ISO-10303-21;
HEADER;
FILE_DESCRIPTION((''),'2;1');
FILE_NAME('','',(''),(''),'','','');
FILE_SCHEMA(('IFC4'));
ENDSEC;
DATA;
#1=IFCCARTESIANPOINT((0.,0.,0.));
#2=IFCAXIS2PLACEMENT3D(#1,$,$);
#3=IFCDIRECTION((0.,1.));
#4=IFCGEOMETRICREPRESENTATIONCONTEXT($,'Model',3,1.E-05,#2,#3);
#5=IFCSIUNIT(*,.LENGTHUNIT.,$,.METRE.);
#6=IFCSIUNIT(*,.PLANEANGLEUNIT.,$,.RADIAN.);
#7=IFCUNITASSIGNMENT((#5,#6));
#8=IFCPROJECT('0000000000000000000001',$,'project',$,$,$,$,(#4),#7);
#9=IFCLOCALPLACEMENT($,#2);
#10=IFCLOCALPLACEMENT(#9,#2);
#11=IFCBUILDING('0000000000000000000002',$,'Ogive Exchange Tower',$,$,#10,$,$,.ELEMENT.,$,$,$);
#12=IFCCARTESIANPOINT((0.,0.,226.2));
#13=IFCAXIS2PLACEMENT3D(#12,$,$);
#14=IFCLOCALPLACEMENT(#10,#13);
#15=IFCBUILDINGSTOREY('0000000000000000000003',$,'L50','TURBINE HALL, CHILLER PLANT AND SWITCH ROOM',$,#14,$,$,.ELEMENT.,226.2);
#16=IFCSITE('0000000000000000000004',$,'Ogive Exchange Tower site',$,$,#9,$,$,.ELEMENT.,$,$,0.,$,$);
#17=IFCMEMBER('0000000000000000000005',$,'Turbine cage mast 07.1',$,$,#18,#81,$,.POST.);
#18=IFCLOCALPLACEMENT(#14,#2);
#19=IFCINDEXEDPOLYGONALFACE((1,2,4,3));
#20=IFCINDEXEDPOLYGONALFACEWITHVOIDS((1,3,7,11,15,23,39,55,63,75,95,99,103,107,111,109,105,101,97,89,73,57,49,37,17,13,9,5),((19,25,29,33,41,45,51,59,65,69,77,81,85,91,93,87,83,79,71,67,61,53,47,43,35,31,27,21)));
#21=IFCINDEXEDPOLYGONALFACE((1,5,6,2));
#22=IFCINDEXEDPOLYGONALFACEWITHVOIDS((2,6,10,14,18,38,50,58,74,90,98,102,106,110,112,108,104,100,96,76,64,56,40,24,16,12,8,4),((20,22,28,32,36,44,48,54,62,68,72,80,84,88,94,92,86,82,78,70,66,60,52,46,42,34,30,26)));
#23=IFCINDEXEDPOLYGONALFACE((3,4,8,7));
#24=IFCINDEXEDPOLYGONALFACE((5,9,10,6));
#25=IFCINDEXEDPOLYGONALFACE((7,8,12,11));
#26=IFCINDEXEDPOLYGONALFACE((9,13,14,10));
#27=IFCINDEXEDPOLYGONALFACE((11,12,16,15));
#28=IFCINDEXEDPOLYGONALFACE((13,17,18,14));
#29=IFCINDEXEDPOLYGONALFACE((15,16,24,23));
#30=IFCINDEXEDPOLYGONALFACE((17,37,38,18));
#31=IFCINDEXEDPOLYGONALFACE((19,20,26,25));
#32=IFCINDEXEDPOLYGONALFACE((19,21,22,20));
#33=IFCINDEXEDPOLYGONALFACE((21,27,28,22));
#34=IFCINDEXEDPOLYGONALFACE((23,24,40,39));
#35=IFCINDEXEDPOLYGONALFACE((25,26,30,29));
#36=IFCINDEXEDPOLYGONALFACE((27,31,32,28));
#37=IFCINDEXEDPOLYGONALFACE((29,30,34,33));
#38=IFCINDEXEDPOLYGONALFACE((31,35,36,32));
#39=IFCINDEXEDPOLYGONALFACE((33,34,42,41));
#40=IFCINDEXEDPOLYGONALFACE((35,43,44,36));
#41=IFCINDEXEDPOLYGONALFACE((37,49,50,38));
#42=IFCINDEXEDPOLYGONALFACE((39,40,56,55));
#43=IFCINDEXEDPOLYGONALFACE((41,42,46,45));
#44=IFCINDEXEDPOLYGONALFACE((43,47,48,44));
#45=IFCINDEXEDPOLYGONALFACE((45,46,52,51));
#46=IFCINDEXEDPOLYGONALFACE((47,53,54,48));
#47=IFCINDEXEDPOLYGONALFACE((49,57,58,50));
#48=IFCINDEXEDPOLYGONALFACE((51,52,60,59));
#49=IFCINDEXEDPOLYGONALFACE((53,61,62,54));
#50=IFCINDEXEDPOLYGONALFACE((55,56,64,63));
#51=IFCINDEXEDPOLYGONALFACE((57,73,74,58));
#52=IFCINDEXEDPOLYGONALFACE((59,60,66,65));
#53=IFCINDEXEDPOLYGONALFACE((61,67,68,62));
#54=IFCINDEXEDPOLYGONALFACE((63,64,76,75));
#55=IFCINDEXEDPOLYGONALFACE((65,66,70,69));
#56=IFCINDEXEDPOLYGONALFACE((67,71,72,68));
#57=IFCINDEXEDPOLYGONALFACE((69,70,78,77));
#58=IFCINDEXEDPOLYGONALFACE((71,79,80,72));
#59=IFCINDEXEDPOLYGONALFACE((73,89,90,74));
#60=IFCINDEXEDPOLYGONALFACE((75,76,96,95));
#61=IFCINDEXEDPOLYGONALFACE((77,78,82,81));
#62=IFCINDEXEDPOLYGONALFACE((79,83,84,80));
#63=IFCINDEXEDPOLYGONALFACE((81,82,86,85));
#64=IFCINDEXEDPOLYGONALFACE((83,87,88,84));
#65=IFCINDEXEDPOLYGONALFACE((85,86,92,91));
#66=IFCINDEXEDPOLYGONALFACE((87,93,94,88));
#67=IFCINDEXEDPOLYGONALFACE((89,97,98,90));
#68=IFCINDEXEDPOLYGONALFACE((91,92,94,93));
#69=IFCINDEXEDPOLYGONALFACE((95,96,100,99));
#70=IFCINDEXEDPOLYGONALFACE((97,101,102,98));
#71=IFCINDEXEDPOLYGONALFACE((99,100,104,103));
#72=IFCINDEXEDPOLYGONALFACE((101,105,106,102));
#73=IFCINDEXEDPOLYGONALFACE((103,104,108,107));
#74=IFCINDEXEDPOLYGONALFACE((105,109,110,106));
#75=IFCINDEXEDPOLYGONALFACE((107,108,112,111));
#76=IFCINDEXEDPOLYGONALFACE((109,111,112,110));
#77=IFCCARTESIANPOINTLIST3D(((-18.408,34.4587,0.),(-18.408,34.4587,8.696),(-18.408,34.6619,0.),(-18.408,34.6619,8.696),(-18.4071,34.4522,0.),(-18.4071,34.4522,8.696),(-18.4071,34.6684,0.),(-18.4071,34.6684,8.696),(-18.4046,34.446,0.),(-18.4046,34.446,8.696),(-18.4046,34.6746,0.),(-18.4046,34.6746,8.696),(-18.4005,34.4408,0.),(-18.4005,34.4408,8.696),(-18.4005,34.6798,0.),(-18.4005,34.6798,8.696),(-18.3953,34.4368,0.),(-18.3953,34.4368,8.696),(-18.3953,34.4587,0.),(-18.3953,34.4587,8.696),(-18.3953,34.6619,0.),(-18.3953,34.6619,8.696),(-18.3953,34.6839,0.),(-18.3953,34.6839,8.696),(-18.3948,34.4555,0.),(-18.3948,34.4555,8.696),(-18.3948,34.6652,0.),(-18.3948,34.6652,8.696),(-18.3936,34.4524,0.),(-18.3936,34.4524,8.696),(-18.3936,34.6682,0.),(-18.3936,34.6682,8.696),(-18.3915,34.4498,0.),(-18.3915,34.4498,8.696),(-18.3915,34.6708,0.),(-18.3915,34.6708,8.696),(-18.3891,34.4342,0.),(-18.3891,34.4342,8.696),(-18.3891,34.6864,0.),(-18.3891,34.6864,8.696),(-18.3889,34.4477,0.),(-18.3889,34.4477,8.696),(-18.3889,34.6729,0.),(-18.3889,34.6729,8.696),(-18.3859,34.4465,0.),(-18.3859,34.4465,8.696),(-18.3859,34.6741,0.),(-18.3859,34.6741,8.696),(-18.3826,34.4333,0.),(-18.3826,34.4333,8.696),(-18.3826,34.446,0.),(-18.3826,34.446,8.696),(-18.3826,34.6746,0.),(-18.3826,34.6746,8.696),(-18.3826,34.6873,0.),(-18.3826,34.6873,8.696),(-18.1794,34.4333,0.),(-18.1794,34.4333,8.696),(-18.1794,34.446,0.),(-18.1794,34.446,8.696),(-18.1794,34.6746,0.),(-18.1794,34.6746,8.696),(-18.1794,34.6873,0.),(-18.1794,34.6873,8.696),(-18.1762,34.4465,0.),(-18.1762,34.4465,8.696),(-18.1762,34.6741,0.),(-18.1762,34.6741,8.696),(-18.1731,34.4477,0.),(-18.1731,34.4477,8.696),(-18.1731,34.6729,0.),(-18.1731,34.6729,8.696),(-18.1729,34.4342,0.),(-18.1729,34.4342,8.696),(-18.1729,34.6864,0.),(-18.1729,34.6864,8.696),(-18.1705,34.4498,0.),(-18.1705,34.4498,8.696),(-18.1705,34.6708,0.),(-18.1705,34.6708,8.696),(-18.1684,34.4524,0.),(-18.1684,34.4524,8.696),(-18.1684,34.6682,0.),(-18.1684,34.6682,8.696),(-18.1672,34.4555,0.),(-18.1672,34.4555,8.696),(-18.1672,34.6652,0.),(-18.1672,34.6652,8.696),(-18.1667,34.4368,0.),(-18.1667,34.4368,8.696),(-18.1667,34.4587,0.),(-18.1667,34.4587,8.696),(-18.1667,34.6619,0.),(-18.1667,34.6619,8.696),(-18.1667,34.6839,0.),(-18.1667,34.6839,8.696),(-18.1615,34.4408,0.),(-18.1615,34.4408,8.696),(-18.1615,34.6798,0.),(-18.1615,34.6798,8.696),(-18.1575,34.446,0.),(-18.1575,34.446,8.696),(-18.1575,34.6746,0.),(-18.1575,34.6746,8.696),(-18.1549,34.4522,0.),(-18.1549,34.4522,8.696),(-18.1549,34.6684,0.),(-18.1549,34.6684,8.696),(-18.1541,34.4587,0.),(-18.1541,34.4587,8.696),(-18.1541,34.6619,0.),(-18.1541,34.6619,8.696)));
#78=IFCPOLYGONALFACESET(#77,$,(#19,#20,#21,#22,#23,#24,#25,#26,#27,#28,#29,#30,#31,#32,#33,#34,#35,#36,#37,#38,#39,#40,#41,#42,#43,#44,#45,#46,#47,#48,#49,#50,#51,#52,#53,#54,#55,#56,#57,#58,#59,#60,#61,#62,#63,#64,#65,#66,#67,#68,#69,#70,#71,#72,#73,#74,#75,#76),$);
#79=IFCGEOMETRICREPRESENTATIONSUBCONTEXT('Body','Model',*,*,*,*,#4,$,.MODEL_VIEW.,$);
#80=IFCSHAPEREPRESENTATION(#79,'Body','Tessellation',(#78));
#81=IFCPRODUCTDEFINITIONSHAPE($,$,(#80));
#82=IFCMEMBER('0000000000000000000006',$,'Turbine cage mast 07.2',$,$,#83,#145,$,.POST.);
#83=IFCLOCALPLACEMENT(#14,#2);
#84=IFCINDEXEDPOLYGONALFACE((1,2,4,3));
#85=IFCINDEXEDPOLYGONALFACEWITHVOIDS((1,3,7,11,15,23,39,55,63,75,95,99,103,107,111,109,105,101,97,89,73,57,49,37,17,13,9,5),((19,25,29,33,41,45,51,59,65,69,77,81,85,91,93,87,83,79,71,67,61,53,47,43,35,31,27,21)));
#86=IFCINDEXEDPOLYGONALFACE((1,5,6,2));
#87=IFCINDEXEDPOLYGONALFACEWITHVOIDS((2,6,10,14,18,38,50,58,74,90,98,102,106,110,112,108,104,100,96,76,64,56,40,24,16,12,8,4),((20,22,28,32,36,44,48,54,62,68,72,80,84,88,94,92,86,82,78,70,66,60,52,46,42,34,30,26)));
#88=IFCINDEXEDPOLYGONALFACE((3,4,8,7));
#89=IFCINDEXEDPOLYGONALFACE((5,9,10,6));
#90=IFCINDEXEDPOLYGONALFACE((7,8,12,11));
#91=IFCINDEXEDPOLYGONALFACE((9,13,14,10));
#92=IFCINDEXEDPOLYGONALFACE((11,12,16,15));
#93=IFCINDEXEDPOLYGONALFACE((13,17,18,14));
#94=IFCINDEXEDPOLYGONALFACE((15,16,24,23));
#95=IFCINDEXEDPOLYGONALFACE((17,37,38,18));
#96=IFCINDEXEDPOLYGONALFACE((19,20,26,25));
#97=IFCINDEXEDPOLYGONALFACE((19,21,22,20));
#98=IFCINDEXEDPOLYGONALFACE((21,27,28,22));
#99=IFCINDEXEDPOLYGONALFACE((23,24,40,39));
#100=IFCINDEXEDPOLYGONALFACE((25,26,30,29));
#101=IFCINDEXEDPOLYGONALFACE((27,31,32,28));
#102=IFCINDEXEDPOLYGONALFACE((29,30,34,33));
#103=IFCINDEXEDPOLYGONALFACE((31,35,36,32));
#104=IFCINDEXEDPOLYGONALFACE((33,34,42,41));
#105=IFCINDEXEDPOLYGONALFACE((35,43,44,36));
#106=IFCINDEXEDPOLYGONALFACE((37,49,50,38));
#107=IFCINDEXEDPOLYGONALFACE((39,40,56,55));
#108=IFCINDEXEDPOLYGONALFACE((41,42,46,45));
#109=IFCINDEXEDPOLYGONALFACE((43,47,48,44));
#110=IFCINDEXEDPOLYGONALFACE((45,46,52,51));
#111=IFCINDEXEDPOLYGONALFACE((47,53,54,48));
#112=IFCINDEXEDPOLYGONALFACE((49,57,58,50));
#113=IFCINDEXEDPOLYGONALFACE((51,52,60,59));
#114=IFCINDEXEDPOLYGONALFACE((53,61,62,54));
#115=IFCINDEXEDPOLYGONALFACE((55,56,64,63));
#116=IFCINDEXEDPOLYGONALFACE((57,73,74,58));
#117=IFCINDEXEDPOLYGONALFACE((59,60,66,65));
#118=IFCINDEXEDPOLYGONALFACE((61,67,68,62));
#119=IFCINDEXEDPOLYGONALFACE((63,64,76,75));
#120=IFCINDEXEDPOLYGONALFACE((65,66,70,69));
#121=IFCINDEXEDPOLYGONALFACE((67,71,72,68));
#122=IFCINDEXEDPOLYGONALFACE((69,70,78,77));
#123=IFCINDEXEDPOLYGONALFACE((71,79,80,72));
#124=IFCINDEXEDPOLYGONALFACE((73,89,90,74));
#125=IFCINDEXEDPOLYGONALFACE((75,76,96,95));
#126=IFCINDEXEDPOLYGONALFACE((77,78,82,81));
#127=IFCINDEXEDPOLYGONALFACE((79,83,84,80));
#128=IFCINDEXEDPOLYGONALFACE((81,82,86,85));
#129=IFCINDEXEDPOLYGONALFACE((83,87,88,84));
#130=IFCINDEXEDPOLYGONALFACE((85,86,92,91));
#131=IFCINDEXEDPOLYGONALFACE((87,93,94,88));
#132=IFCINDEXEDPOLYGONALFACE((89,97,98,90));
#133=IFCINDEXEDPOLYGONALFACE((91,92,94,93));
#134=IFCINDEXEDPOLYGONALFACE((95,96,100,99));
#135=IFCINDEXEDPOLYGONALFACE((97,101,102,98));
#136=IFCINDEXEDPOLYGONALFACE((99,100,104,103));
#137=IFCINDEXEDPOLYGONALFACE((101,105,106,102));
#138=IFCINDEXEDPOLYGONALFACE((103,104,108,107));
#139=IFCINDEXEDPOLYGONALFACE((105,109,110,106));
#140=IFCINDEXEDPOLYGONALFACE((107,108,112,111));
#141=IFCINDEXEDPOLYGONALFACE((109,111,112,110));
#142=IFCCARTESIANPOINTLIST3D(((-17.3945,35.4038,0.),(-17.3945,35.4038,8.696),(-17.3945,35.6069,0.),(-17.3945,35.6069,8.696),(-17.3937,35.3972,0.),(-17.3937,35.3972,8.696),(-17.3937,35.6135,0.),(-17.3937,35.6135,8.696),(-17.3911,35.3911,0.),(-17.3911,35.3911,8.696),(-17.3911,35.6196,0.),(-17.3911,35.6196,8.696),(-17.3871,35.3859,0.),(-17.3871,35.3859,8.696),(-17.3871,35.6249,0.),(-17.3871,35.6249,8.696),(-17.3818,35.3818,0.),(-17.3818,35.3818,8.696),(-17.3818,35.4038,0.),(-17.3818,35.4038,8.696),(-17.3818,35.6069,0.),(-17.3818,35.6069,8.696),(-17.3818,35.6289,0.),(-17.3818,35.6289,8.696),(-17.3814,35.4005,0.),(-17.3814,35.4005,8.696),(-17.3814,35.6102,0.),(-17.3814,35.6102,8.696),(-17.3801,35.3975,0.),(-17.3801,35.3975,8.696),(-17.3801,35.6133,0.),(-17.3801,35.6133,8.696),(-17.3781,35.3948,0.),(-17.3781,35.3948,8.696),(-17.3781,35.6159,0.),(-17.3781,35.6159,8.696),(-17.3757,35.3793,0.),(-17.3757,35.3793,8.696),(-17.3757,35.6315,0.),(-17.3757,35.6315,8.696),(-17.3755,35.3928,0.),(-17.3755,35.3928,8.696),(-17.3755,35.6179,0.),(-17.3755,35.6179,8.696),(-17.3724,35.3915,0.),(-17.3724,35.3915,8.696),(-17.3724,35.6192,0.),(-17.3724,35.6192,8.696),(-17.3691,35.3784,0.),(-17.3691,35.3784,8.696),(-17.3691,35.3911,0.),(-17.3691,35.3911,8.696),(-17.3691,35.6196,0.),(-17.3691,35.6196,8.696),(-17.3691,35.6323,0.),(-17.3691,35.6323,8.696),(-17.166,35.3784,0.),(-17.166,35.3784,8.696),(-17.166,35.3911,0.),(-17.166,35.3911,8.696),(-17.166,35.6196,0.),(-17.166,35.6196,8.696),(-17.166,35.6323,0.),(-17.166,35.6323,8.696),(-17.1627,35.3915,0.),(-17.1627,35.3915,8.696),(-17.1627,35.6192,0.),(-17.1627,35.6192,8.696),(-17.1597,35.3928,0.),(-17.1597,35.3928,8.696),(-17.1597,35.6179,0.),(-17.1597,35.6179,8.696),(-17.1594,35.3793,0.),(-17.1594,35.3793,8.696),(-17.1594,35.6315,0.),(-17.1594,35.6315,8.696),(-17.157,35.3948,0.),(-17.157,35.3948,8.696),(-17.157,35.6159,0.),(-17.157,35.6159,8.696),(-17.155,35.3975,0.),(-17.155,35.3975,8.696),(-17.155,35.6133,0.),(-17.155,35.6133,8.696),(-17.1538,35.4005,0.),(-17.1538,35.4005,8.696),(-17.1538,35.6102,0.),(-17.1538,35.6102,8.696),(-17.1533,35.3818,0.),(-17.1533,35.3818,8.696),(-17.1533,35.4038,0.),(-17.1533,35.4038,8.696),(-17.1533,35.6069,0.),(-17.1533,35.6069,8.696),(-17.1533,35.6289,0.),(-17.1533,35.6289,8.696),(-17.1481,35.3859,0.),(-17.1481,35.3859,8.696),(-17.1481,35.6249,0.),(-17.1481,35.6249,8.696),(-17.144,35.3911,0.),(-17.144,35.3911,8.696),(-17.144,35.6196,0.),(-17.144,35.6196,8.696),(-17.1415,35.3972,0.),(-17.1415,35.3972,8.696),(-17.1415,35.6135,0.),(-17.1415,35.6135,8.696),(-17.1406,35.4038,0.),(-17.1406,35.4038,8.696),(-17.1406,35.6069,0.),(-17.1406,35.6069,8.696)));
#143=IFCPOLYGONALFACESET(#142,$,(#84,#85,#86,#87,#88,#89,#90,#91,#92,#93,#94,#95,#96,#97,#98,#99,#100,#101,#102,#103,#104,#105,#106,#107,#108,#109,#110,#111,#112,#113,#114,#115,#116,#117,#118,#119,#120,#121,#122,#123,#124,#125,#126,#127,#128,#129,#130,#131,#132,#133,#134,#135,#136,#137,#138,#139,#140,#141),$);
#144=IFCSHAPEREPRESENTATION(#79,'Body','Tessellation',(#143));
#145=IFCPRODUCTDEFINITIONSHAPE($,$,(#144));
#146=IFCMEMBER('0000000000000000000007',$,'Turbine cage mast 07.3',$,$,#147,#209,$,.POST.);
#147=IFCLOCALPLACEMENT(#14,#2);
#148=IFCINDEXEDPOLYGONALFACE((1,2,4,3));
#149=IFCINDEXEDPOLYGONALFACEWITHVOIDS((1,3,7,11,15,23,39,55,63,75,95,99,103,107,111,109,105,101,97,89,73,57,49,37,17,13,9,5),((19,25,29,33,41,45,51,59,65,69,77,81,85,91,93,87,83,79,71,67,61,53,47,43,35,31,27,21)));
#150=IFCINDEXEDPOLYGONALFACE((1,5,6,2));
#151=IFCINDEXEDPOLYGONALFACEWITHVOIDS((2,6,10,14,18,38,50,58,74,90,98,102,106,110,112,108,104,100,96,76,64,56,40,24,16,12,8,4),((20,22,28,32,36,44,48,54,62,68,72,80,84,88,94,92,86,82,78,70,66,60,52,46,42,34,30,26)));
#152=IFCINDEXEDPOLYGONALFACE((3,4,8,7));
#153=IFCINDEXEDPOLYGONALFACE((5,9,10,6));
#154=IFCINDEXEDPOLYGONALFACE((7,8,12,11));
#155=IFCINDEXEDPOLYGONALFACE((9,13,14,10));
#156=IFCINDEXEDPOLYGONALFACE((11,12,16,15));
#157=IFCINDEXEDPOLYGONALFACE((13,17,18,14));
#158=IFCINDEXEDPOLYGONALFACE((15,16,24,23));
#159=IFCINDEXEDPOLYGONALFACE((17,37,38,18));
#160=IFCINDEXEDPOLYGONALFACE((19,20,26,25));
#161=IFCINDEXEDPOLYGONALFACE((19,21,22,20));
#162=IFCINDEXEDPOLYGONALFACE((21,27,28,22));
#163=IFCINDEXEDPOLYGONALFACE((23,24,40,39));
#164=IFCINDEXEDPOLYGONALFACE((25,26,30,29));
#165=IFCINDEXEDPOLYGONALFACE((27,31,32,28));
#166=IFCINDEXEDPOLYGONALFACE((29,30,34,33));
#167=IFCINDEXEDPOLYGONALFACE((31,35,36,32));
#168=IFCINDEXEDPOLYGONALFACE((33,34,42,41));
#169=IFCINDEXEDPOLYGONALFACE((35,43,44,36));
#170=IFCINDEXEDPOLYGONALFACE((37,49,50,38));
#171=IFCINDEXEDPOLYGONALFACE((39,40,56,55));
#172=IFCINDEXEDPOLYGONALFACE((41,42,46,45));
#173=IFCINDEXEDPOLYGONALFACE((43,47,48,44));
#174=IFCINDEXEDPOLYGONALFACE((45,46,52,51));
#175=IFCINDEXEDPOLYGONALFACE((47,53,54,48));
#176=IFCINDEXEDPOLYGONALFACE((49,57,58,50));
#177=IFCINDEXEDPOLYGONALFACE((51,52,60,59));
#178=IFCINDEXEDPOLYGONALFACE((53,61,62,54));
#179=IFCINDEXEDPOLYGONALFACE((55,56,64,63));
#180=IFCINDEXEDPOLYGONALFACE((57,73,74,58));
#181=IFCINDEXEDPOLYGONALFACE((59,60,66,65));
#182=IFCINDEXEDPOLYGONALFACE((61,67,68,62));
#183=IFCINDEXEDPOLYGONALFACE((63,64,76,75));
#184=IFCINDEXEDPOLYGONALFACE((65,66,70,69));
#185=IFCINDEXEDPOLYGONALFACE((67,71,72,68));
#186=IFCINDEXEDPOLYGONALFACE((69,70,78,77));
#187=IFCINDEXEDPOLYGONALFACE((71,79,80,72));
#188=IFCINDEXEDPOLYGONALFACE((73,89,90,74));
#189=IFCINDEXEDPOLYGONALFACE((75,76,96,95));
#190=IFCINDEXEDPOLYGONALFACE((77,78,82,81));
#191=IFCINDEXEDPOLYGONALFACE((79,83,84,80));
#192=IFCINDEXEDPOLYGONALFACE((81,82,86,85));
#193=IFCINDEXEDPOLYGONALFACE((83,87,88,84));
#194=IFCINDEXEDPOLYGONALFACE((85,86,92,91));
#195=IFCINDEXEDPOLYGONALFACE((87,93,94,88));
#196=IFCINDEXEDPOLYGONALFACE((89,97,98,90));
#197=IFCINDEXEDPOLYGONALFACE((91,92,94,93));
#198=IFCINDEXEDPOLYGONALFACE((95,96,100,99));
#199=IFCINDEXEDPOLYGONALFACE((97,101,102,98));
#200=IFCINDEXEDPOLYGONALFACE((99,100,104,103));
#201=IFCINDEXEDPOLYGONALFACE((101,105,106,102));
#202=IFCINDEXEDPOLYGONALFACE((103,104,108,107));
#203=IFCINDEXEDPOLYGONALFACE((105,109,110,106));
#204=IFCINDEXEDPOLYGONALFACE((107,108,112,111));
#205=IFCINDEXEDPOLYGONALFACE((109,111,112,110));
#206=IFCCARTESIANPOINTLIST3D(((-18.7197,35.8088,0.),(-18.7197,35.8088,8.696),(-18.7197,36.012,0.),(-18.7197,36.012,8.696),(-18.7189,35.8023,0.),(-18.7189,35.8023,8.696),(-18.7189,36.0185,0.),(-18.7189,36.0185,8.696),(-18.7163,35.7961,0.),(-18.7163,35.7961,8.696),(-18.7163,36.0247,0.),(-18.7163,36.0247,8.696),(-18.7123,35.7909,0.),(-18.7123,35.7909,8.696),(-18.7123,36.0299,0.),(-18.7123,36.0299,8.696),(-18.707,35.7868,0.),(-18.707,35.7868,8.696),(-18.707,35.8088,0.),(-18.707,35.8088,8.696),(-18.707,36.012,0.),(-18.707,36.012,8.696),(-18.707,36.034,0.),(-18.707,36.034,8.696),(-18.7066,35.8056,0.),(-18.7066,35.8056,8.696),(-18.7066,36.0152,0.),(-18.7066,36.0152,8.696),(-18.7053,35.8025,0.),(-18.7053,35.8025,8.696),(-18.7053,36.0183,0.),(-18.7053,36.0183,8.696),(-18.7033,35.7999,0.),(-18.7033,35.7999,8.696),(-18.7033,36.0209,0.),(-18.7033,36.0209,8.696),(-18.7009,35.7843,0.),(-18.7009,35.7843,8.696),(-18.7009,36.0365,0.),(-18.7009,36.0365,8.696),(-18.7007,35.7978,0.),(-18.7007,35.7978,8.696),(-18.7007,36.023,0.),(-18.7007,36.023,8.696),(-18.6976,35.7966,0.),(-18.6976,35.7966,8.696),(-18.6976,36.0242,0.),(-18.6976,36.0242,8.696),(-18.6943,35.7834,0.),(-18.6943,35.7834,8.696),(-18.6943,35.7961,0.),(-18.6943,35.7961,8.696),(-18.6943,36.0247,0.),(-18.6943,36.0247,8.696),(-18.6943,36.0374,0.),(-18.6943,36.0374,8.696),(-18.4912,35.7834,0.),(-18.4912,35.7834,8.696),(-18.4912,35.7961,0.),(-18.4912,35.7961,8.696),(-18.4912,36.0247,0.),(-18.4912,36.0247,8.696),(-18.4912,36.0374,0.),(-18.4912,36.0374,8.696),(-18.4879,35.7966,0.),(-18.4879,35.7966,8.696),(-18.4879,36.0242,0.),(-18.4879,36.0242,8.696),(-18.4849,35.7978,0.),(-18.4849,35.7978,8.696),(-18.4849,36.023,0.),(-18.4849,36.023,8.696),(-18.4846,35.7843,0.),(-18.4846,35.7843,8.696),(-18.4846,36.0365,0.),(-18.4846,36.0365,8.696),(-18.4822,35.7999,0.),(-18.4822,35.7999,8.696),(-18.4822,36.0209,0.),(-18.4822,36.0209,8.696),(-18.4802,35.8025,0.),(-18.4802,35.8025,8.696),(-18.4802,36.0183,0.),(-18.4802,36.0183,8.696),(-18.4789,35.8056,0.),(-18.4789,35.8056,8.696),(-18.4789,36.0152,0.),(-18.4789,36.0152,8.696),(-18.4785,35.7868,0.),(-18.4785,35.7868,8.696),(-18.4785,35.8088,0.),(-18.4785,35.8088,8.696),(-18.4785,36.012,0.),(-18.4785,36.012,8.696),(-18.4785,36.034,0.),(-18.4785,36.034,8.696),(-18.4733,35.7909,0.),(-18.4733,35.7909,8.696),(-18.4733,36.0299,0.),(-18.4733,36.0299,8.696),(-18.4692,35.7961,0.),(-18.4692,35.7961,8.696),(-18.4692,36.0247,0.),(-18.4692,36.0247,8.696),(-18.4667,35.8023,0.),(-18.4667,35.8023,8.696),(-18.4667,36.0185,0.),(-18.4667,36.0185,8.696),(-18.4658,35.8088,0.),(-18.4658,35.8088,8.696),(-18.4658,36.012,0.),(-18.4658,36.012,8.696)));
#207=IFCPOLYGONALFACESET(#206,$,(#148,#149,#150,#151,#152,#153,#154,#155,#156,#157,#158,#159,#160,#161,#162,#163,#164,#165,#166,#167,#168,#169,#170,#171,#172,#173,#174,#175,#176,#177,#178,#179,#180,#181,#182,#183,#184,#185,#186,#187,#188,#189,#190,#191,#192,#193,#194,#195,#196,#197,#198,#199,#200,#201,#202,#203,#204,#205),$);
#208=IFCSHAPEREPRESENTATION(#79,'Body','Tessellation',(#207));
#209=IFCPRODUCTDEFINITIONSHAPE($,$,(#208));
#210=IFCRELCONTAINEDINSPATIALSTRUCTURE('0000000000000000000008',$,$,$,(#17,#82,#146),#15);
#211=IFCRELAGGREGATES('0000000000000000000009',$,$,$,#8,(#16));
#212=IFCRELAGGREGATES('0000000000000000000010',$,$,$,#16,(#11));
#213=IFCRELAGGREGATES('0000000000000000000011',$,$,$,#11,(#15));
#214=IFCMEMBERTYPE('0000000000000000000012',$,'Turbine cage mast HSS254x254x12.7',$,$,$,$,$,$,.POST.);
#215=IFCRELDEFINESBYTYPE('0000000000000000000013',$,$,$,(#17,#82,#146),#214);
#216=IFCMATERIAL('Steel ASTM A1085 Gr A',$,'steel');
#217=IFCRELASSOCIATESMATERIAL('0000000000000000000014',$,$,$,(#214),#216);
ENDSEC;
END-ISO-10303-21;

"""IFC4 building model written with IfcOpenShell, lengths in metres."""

from ifc_helpers import new_model, si_unit, direction, frame, origin, origin_2d, place, context, subcontext, project, spatial, hollow_rectangle, extrude, material, material_profile, profile_set, type_object, element, save


model = new_model("IFC4")

# Units and contexts
model_context = context("Model", 3, precision=1e-05, world=origin(), true_north=direction((0.0, 1.0)))
body_context = subcontext(model_context, "Body", "Model", "MODEL_VIEW")
ifc_project = project(units=[si_unit("LENGTHUNIT", "METRE"), si_unit("PLANEANGLEUNIT", "RADIAN")], contexts=[model_context])

# Site, building, storey
site_placement = place(None, origin())
site = spatial("IfcSite", under=ifc_project, at=site_placement, Name="Ogive Exchange Tower site", CompositionType="ELEMENT", RefElevation=0.0)
building_placement = place(site_placement, origin())
building = spatial("IfcBuilding", under=site, at=building_placement, Name="Ogive Exchange Tower", CompositionType="ELEMENT")
storey_placement = place(building_placement, frame((0.0, 0.0, 226.2)))
storey = spatial("IfcBuildingStorey", under=building, at=storey_placement, Name="L50", Description="TURBINE HALL, CHILLER PLANT AND SWITCH ROOM", CompositionType="ELEMENT", Elevation=226.2)

# Shared definitions
ifc_material_1 = material(Name="Steel ASTM A1085 Gr A", Category="steel")

# Members
ifc_material_profile_1 = material_profile(ifc_material_1, hollow_rectangle(XDim=0.2539, YDim=0.2539, WallThickness=0.0127, InnerFilletRadius=0.0127, OuterFilletRadius=0.0254, at=origin_2d()), Name="HSS254x254x12.7")
ifc_profile_set_1 = profile_set([ifc_material_profile_1], Name="Steel ASTM A1085 Gr A")
member_type_1 = type_object("IfcMemberType", Name="Turbine cage mast HSS254x254x12.7", PredefinedType="POST", material=ifc_profile_set_1)
for number, where, z_axis, x_axis, name in (
    (1, (-18.281, 34.5603, 0.0), (0.0, 0.0, 1.0), (1.0, 0.0, 0.0), "Turbine cage mast 07.1"),
    (2, (-17.2676, 35.5054, 0.0), (0.0, 0.0, 1.0), (1.0, 0.0, 0.0), "Turbine cage mast 07.2"),
    (3, (-18.5928, 35.9104, 0.0), (0.0, 0.0, 1.0), (1.0, 0.0, 0.0), "Turbine cage mast 07.3"),
):
    element("IfcMember", number, at=place(storey_placement, frame(where, z_axis=z_axis, x_axis=x_axis)), inside=storey, type_object=member_type_1, Name=name, PredefinedType="POST", context=body_context, shape_type="SweptSolid", body=[
        extrude(hollow_rectangle(XDim=0.2539, YDim=0.2539, WallThickness=0.0127, InnerFilletRadius=0.0127, OuterFilletRadius=0.0254, at=origin_2d()), origin(), (0.0, 0.0, 1.0), 8.696),
    ])

save(model, "model.ifc")
